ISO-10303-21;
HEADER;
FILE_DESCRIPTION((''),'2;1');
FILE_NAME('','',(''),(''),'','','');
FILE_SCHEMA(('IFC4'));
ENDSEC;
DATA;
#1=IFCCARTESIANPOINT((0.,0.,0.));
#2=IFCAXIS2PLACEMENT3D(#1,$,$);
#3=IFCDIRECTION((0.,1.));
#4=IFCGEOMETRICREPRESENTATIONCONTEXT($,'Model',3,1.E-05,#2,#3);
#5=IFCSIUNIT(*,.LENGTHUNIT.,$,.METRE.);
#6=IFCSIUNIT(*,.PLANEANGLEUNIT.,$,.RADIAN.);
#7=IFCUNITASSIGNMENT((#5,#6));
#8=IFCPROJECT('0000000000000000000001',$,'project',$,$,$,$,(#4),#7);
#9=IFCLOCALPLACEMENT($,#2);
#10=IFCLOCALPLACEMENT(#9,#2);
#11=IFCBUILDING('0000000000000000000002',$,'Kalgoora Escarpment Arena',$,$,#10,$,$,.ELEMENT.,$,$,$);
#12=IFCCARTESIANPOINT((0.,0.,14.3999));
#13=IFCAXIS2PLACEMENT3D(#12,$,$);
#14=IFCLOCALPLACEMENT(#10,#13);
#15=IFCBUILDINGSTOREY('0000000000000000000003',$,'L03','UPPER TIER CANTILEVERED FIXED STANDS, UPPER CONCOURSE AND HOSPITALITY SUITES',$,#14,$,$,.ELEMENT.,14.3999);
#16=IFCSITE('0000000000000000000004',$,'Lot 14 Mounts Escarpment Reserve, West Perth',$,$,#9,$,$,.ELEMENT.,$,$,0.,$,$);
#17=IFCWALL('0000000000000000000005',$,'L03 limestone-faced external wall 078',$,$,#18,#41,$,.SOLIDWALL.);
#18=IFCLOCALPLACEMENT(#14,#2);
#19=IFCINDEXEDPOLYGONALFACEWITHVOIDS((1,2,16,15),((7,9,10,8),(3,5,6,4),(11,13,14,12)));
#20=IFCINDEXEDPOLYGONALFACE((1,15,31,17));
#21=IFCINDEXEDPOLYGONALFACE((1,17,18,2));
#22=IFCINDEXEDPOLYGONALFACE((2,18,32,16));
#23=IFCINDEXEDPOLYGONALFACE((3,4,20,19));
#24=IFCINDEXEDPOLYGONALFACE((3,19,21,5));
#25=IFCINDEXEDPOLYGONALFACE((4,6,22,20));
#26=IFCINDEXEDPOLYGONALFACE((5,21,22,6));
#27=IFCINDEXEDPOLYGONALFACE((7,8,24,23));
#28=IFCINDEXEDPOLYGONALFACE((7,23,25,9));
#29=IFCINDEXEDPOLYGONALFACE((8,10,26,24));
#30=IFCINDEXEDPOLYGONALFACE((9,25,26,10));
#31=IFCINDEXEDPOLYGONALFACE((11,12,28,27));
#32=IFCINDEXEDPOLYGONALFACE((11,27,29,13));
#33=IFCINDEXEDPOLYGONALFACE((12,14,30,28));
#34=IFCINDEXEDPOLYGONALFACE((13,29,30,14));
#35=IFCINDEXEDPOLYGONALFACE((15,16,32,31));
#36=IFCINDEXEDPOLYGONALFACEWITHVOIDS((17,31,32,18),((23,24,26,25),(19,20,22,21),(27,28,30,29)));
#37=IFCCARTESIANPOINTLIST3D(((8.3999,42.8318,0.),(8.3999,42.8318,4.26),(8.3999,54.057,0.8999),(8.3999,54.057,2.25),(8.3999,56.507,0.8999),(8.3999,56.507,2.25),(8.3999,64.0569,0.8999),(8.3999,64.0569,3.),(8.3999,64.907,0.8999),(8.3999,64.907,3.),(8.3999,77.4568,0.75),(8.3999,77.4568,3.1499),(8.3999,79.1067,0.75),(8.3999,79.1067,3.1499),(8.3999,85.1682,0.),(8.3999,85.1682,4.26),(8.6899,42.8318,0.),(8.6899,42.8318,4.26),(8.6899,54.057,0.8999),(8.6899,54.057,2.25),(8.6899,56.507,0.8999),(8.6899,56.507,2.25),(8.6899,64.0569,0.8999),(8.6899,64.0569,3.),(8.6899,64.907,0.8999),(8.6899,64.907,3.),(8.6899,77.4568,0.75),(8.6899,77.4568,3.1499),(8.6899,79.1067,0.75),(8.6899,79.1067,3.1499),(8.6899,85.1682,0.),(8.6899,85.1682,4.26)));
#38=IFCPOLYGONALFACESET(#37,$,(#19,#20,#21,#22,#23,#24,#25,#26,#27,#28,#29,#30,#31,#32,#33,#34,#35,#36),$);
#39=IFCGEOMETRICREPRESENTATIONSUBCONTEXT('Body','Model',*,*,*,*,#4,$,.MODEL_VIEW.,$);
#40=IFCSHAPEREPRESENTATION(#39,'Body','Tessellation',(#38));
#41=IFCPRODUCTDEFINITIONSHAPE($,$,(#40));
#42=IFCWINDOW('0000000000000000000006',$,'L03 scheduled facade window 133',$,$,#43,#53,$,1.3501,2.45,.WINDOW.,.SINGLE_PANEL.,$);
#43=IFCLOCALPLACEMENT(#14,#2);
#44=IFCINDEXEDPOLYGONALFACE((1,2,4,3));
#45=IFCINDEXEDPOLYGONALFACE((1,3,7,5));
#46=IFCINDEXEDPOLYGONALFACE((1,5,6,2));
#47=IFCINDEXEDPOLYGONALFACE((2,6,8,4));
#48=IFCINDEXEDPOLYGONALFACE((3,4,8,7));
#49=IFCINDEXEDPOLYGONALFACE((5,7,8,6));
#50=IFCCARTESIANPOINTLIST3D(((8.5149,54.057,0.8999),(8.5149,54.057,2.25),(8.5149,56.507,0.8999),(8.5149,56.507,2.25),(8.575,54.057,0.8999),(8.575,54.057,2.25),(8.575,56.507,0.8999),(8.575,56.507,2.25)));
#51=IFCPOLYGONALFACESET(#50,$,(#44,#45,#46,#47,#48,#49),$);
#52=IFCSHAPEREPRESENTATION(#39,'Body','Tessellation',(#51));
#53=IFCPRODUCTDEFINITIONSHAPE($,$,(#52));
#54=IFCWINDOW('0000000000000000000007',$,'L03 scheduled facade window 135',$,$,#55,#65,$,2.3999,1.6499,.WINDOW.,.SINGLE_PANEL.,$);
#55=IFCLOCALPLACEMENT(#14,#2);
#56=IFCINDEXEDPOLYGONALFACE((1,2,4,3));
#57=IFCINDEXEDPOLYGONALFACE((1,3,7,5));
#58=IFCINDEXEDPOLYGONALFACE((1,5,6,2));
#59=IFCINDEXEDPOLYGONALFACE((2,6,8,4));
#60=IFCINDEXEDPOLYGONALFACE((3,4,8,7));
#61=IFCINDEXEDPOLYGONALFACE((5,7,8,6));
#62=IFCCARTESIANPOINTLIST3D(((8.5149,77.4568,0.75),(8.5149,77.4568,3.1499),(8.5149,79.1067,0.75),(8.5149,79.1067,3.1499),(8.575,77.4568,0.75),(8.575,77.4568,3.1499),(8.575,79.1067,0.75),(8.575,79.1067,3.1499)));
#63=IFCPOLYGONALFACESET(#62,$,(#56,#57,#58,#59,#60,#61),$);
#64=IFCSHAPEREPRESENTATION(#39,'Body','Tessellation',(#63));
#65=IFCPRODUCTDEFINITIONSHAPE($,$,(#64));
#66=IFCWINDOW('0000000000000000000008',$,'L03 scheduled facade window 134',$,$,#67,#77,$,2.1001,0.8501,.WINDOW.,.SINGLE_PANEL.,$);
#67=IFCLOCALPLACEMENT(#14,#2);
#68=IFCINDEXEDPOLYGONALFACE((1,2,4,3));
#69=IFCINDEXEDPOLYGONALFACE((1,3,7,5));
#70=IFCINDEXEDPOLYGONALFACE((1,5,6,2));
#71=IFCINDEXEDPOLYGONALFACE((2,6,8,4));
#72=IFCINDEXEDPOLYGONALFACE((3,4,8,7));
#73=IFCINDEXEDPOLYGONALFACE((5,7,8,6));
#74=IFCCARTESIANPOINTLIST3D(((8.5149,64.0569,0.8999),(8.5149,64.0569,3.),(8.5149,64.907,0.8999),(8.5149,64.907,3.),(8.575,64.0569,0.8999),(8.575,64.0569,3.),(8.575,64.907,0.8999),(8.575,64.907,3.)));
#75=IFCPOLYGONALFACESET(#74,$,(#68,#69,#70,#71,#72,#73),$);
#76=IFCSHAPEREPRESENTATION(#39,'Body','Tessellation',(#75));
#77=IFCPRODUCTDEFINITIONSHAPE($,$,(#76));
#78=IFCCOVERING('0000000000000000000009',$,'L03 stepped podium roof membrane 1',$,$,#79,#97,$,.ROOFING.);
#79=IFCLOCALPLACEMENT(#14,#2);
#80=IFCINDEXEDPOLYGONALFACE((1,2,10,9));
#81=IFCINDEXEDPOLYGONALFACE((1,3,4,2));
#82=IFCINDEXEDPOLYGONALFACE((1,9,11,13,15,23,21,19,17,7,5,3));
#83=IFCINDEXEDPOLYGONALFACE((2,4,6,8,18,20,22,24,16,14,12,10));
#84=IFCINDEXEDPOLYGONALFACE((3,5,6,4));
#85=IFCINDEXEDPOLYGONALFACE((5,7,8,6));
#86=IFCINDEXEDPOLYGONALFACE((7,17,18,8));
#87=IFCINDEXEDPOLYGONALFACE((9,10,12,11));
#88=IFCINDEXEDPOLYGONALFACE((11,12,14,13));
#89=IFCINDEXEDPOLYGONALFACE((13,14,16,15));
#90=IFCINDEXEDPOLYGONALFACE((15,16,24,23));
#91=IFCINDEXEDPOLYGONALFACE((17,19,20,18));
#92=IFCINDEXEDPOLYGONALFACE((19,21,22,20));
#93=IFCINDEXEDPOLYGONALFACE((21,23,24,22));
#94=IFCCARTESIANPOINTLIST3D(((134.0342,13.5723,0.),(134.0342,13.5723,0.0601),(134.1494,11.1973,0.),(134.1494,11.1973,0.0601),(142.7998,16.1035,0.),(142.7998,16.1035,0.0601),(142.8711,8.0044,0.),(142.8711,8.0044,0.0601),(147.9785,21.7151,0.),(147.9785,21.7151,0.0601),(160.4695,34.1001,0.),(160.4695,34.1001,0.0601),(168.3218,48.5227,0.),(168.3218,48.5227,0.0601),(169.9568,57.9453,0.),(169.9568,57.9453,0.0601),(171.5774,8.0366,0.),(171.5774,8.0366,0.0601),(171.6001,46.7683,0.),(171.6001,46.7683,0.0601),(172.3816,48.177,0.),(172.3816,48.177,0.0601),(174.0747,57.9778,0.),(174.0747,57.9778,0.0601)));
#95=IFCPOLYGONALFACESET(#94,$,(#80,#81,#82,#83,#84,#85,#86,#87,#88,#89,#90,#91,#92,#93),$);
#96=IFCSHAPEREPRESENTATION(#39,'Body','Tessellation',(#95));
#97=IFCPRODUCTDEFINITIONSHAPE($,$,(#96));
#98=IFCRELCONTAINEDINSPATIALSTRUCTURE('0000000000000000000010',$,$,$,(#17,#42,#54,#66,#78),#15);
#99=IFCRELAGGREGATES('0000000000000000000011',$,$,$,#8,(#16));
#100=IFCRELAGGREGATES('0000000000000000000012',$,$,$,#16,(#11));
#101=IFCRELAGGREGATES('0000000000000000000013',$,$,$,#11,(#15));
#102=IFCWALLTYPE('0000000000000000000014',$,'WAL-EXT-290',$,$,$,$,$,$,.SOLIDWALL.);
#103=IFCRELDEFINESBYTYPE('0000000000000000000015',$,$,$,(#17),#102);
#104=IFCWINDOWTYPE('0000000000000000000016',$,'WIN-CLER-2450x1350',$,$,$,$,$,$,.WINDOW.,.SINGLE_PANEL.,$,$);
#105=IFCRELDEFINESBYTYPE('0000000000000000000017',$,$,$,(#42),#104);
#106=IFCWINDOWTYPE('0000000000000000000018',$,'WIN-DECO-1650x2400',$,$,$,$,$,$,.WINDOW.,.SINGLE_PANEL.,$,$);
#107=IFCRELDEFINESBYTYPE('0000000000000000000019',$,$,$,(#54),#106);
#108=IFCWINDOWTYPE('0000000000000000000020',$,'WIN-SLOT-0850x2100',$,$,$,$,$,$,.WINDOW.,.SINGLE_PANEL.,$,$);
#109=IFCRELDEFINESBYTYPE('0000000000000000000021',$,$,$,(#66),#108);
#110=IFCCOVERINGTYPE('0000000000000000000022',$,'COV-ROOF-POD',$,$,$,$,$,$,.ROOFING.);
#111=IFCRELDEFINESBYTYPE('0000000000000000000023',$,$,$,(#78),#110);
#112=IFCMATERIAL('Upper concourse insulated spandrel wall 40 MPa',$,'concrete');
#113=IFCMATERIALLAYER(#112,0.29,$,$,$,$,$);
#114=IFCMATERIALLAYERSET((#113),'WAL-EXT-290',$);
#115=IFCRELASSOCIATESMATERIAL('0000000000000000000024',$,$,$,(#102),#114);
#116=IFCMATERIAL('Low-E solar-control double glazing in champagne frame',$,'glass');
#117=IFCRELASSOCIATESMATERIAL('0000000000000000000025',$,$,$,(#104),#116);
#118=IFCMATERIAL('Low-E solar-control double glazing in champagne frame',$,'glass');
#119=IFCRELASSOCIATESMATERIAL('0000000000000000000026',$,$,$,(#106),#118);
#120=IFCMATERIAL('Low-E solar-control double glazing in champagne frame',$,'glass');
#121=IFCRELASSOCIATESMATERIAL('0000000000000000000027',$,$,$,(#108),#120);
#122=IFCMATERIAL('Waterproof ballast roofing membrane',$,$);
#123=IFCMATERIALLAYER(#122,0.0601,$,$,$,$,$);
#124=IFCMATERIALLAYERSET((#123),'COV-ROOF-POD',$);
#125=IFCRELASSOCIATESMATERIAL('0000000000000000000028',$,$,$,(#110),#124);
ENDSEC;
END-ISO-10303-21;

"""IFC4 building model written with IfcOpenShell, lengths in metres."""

from ifc_helpers import new_model, si_unit, direction, frame, frame_2d, origin, place, context, subcontext, project, spatial, polyline, rectangle, outline, extrude, material, layer, layer_set, type_object, element, fill, save


model = new_model("IFC4")

# Units and contexts
model_context = context("Model", 3, precision=1e-05, world=origin(), true_north=direction((0.0, 1.0)))
body_context = subcontext(model_context, "Body", "Model", "MODEL_VIEW")
ifc_project = project(units=[si_unit("LENGTHUNIT", "METRE"), si_unit("PLANEANGLEUNIT", "RADIAN")], contexts=[model_context])

# Site, building, storey
site_placement = place(None, origin())
site = spatial("IfcSite", under=ifc_project, at=site_placement, Name="Lot 14 Mounts Escarpment Reserve, West Perth", CompositionType="ELEMENT", RefElevation=0.0)
building_placement = place(site_placement, origin())
building = spatial("IfcBuilding", under=site, at=building_placement, Name="Kalgoora Escarpment Arena", CompositionType="ELEMENT")
storey_placement = place(building_placement, frame((0.0, 0.0, 14.3999)))
storey = spatial("IfcBuildingStorey", under=building, at=storey_placement, Name="L03", Description="UPPER TIER CANTILEVERED FIXED STANDS, UPPER CONCOURSE AND HOSPITALITY SUITES", CompositionType="ELEMENT", Elevation=14.3999)

# Wall, openings, windows
ifc_material_1 = material(Name="Upper concourse insulated spandrel wall 40 MPa", Category="concrete")
ifc_layer_1 = layer(ifc_material_1, 0.29)
ifc_layer_set_1 = layer_set([ifc_layer_1], Name="WAL-EXT-290")
wall_type = type_object("IfcWallType", Name="WAL-EXT-290", PredefinedType="SOLIDWALL", material=ifc_layer_set_1)
wall_placement = place(storey_placement, frame((8.5449, 42.8318, 0.0), z_axis=(0.0, 0.0, 1.0), x_axis=(0.0, 1.0, 0.0)))
wall = element("IfcWall", 1, at=wall_placement, inside=storey, type_object=wall_type, Name="L03 limestone-faced external wall 078", PredefinedType="SOLIDWALL", context=body_context, shape_type="SweptSolid", body=[
    extrude(rectangle(XDim=42.3364, YDim=0.29, at=frame_2d((21.1682, 0.0))), origin(), (0.0, 0.0, 1.0), 4.26),
])
opening_1_placement = place(wall_placement, frame((11.2251, 0.0, 0.8999)))
opening_1 = element("IfcOpeningElement", 2, at=opening_1_placement, cuts=wall, PredefinedType="OPENING", context=body_context, shape_type="SweptSolid", body=[
    extrude(rectangle(XDim=2.45, YDim=1.3501, at=frame_2d((1.2251, 0.675))), frame((0.0, 0.155, 0.0), z_axis=(0.0, -1.0, 0.0), x_axis=(1.0, 0.0, 0.0)), (0.0, 0.0, 1.0), 0.3101),
])
opening_2_placement = place(wall_placement, frame((21.2251, 0.0, 0.8999)))
opening_2 = element("IfcOpeningElement", 3, at=opening_2_placement, cuts=wall, PredefinedType="OPENING", context=body_context, shape_type="SweptSolid", body=[
    extrude(rectangle(XDim=0.8501, YDim=2.1001, at=frame_2d((0.425, 1.05))), frame((0.0, 0.155, 0.0), z_axis=(0.0, -1.0, 0.0), x_axis=(1.0, 0.0, 0.0)), (0.0, 0.0, 1.0), 0.3101),
])
opening_3_placement = place(wall_placement, frame((34.625, 0.0, 0.75)))
opening_3 = element("IfcOpeningElement", 4, at=opening_3_placement, cuts=wall, PredefinedType="OPENING", context=body_context, shape_type="SweptSolid", body=[
    extrude(rectangle(XDim=1.6499, YDim=2.3999, at=frame_2d((0.825, 1.2))), frame((0.0, 0.155, 0.0), z_axis=(0.0, -1.0, 0.0), x_axis=(1.0, 0.0, 0.0)), (0.0, 0.0, 1.0), 0.3101),
])
ifc_material_2 = material(Name="Low-E solar-control double glazing in champagne frame", Category="glass")
window_type_1 = type_object("IfcWindowType", Name="WIN-CLER-2450x1350", PartitioningType="SINGLE_PANEL", PredefinedType="WINDOW", material=ifc_material_2)
window_1_placement = place(opening_1_placement, origin())
window_1 = element("IfcWindow", 5, at=window_1_placement, inside=storey, type_object=window_type_1, Name="L03 scheduled facade window 133", OverallHeight=1.3501, OverallWidth=2.45, PartitioningType="SINGLE_PANEL", PredefinedType="WINDOW", context=body_context, shape_type="SweptSolid", body=[
    extrude(rectangle(XDim=2.45, YDim=1.3501, at=frame_2d((1.2251, 0.675))), frame((0.0, 0.03, 0.0), z_axis=(0.0, -1.0, 0.0), x_axis=(1.0, 0.0, 0.0)), (0.0, 0.0, 1.0), 0.0601),
])
fill(opening_1, window_1)
ifc_material_3 = material(Name="Low-E solar-control double glazing in champagne frame", Category="glass")
window_type_2 = type_object("IfcWindowType", Name="WIN-DECO-1650x2400", PartitioningType="SINGLE_PANEL", PredefinedType="WINDOW", material=ifc_material_3)
window_2_placement = place(opening_3_placement, origin())
window_2 = element("IfcWindow", 6, at=window_2_placement, inside=storey, type_object=window_type_2, Name="L03 scheduled facade window 135", OverallHeight=2.3999, OverallWidth=1.6499, PartitioningType="SINGLE_PANEL", PredefinedType="WINDOW", context=body_context, shape_type="SweptSolid", body=[
    extrude(rectangle(XDim=1.6499, YDim=2.3999, at=frame_2d((0.825, 1.2))), frame((0.0, 0.03, 0.0), z_axis=(0.0, -1.0, 0.0), x_axis=(1.0, 0.0, 0.0)), (0.0, 0.0, 1.0), 0.0601),
])
fill(opening_3, window_2)
ifc_material_4 = material(Name="Low-E solar-control double glazing in champagne frame", Category="glass")
window_type_3 = type_object("IfcWindowType", Name="WIN-SLOT-0850x2100", PartitioningType="SINGLE_PANEL", PredefinedType="WINDOW", material=ifc_material_4)
window_3_placement = place(opening_2_placement, origin())
window_3 = element("IfcWindow", 7, at=window_3_placement, inside=storey, type_object=window_type_3, Name="L03 scheduled facade window 134", OverallHeight=2.1001, OverallWidth=0.8501, PartitioningType="SINGLE_PANEL", PredefinedType="WINDOW", context=body_context, shape_type="SweptSolid", body=[
    extrude(rectangle(XDim=0.8501, YDim=2.1001, at=frame_2d((0.425, 1.05))), frame((0.0, 0.03, 0.0), z_axis=(0.0, -1.0, 0.0), x_axis=(1.0, 0.0, 0.0)), (0.0, 0.0, 1.0), 0.0601),
])
fill(opening_2, window_3)

# Covering
ifc_material_5 = material(Name="Waterproof ballast roofing membrane")
ifc_layer_2 = layer(ifc_material_5, 0.0601)
ifc_layer_set_2 = layer_set([ifc_layer_2], Name="COV-ROOF-POD")
covering_type = type_object("IfcCoveringType", Name="COV-ROOF-POD", PredefinedType="ROOFING", material=ifc_layer_set_2)
covering_placement = place(storey_placement, origin())
element("IfcCovering", 8, at=covering_placement, inside=storey, type_object=covering_type, Name="L03 stepped podium roof membrane 1", PredefinedType="ROOFING", context=body_context, shape_type="SweptSolid", body=[
    extrude(outline(polyline([(134.1494, 11.1973), (134.0342, 13.5723), (147.9785, 21.7151), (160.4695, 34.1001), (168.3218, 48.5227), (169.9568, 57.9453), (174.0747, 57.9778), (172.3816, 48.177), (171.6001, 46.7683), (171.5774, 8.0366), (142.8711, 8.0044), (142.7998, 16.1035), (134.1494, 11.1973)])), origin(), (0.0, 0.0, 1.0), 0.0601),
])

save(model, "model.ifc")
